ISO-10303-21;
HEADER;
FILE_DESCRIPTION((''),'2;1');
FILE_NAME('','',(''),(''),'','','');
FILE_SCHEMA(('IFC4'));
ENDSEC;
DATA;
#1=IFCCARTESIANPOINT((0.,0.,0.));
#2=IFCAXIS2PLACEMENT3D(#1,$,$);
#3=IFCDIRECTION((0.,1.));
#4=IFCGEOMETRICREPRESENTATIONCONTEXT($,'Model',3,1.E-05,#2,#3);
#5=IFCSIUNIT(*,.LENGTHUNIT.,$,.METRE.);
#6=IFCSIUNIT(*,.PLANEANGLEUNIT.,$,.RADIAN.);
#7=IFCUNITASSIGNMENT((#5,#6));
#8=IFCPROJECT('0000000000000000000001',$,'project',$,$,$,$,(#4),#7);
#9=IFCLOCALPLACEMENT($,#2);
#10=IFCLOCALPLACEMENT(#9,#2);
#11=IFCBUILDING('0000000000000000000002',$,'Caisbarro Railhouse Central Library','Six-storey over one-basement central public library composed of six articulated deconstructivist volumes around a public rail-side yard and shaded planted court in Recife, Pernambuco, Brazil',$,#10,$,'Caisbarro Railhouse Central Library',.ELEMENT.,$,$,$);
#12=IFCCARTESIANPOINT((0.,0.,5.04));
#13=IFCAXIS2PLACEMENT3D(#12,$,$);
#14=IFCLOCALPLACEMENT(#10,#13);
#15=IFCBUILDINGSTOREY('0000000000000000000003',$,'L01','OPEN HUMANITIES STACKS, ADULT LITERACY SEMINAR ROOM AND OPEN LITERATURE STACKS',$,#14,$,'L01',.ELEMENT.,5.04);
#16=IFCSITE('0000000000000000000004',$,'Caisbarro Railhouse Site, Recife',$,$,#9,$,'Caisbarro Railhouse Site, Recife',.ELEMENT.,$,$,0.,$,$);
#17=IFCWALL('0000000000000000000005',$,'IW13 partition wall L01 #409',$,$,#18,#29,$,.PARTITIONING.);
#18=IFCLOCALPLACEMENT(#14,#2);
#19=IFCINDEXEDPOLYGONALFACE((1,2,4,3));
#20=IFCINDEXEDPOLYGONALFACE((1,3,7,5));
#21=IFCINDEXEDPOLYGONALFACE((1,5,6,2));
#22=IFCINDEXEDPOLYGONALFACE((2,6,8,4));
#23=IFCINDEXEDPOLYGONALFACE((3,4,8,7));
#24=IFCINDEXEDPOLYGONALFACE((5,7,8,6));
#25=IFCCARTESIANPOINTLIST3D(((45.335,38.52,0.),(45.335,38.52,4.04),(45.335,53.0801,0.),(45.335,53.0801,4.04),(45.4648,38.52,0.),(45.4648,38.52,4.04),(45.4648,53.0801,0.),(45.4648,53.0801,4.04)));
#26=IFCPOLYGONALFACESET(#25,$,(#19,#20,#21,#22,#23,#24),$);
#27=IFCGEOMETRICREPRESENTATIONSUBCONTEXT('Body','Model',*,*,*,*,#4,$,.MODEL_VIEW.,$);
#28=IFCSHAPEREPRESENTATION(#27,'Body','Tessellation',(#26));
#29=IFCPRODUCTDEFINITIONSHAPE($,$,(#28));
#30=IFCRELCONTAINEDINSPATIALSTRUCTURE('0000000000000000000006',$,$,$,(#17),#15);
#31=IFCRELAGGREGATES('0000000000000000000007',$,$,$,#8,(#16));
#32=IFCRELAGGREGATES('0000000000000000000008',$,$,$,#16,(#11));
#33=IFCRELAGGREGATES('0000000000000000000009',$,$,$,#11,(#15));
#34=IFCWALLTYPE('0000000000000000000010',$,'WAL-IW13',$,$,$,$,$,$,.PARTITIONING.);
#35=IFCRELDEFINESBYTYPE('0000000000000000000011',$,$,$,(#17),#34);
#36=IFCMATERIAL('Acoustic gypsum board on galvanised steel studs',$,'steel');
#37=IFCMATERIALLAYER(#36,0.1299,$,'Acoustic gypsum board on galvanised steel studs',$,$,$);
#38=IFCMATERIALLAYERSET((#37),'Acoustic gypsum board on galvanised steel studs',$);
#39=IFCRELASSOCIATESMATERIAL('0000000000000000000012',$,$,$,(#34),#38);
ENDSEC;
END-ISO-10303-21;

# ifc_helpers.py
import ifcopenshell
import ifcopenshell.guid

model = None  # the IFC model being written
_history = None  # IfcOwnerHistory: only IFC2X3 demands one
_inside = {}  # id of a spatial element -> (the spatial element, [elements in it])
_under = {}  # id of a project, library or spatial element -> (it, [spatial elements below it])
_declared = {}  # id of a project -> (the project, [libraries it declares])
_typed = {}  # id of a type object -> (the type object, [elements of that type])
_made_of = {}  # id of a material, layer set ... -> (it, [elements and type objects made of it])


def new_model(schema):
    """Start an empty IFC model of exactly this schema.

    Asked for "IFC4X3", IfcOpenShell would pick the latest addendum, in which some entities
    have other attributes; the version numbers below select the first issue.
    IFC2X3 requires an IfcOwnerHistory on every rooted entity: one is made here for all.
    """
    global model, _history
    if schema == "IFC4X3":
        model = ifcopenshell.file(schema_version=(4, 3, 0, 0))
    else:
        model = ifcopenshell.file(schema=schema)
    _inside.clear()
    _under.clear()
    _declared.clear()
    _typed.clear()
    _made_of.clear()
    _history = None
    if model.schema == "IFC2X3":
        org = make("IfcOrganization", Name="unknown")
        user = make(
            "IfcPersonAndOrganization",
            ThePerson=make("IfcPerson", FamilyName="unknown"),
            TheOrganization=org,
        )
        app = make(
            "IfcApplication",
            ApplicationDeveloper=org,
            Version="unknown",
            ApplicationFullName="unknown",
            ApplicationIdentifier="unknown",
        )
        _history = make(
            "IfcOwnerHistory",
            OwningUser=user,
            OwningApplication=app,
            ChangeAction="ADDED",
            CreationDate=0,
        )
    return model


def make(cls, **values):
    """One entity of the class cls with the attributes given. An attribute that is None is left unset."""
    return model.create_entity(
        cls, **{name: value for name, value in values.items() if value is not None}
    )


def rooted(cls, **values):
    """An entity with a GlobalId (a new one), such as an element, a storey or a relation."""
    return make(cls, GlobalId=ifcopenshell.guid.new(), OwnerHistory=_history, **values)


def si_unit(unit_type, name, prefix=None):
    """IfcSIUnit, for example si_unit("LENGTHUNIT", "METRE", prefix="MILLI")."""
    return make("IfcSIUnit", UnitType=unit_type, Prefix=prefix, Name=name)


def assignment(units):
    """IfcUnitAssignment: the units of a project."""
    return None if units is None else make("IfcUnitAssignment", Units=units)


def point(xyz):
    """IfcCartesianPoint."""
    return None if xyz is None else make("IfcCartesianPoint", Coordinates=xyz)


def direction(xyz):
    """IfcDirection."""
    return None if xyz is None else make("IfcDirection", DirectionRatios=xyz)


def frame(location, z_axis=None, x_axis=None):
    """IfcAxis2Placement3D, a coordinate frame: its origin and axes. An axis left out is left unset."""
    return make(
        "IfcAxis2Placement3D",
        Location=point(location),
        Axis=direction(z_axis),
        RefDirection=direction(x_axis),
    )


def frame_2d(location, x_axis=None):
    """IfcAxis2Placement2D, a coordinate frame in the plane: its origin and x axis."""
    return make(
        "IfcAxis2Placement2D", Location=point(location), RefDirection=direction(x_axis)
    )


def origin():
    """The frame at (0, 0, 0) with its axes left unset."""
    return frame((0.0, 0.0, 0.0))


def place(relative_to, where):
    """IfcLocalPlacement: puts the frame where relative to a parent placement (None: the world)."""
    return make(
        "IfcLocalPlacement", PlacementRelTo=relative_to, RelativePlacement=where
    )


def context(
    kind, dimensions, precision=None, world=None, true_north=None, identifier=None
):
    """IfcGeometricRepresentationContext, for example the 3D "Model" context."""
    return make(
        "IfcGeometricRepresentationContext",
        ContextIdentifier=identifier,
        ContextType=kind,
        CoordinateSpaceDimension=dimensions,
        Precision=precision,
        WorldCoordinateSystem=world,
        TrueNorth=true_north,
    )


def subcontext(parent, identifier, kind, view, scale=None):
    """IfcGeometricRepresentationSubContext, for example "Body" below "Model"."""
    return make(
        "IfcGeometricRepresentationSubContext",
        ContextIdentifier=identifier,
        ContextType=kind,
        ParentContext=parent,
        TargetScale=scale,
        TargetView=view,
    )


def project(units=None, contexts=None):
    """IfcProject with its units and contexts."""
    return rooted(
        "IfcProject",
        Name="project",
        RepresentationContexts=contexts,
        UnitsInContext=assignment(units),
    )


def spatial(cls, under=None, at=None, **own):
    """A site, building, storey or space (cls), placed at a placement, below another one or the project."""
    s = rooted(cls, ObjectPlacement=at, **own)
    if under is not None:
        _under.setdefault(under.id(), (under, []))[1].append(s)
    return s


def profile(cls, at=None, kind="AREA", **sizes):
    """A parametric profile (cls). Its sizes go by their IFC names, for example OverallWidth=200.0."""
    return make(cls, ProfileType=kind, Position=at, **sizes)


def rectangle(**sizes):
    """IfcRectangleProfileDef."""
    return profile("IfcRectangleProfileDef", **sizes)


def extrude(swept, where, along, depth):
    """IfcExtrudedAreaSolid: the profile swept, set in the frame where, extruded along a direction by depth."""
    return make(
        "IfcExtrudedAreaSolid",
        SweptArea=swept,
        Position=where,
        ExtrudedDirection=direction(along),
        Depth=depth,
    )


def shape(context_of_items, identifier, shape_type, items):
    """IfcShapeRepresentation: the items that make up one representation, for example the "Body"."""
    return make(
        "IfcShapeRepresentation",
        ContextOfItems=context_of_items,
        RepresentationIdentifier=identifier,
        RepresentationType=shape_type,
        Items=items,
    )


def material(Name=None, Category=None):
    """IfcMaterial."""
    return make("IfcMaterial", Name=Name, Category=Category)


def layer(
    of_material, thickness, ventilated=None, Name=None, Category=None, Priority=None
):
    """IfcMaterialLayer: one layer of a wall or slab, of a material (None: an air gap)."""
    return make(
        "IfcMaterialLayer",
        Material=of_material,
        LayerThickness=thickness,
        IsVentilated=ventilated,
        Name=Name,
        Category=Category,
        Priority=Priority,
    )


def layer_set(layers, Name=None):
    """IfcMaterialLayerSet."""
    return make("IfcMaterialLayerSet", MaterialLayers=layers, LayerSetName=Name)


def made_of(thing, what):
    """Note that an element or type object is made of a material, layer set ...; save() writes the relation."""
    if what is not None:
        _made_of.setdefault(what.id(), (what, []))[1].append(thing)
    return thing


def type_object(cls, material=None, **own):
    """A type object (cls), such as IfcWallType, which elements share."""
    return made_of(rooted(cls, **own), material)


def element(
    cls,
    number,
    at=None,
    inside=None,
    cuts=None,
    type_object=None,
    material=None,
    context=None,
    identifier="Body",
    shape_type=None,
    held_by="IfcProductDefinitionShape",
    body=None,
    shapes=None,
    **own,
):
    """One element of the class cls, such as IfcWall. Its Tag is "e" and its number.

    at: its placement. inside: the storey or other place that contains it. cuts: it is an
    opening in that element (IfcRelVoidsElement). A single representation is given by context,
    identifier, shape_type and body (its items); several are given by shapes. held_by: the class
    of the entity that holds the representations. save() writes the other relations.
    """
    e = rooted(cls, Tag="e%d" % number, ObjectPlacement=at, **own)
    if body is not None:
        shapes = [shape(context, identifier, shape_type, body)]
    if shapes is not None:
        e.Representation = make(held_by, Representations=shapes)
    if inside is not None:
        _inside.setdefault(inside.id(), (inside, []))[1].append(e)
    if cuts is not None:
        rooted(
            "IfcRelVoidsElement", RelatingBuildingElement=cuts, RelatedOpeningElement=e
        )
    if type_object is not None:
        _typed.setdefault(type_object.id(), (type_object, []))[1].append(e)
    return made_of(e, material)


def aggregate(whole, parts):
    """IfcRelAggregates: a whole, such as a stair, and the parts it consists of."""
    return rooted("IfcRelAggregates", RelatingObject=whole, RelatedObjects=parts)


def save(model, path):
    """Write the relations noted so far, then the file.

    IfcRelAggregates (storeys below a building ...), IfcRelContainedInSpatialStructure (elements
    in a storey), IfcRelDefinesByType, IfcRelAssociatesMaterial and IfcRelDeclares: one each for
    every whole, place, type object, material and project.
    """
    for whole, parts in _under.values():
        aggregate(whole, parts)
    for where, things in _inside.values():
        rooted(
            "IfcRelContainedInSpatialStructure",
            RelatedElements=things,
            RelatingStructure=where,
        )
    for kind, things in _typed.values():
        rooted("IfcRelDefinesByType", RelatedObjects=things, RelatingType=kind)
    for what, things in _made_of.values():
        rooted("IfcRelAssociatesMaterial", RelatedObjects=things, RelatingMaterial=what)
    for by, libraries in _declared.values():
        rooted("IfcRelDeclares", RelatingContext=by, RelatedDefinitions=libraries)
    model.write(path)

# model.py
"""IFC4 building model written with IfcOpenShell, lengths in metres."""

from ifc_helpers import new_model, si_unit, direction, frame, frame_2d, origin, place, context, subcontext, project, spatial, rectangle, extrude, material, layer, layer_set, type_object, element, save


model = new_model("IFC4")

# Units and contexts
model_context = context("Model", 3, precision=1e-05, world=origin(), true_north=direction((0.0, 1.0)))
body_context = subcontext(model_context, "Body", "Model", "MODEL_VIEW")
ifc_project = project(units=[si_unit("LENGTHUNIT", "METRE"), si_unit("PLANEANGLEUNIT", "RADIAN")], contexts=[model_context])

# Site, building, storey
site_placement = place(None, origin())
site = spatial("IfcSite", under=ifc_project, at=site_placement, Name="Caisbarro Railhouse Site, Recife", LongName="Caisbarro Railhouse Site, Recife", CompositionType="ELEMENT", RefElevation=0.0)
building_placement = place(site_placement, origin())
building = spatial("IfcBuilding", under=site, at=building_placement, Name="Caisbarro Railhouse Central Library", Description="Six-storey over one-basement central public library composed of six articulated deconstructivist volumes around a public rail-side yard and shaded planted court in Recife, Pernambuco, Brazil", LongName="Caisbarro Railhouse Central Library", CompositionType="ELEMENT")
storey_placement = place(building_placement, frame((0.0, 0.0, 5.04)))
storey = spatial("IfcBuildingStorey", under=building, at=storey_placement, Name="L01", Description="OPEN HUMANITIES STACKS, ADULT LITERACY SEMINAR ROOM AND OPEN LITERATURE STACKS", LongName="L01", CompositionType="ELEMENT", Elevation=5.04)

# Shared definitions
ifc_material_1 = material(Name="Acoustic gypsum board on galvanised steel studs", Category="steel")

# Wall
ifc_layer_1 = layer(ifc_material_1, 0.1299, Name="Acoustic gypsum board on galvanised steel studs")
ifc_layer_set_1 = layer_set([ifc_layer_1], Name="Acoustic gypsum board on galvanised steel studs")
wall_type_1 = type_object("IfcWallType", Name="WAL-IW13", PredefinedType="PARTITIONING", material=ifc_layer_set_1)
wall_1_placement = place(storey_placement, frame((45.3999, 38.52, 0.0), z_axis=(0.0, 0.0, 1.0), x_axis=(0.0, 1.0, 0.0)))
element("IfcWall", 1, at=wall_1_placement, inside=storey, type_object=wall_type_1, Name="IW13 partition wall L01 #409", PredefinedType="PARTITIONING", context=body_context, shape_type="SweptSolid", body=[
    extrude(rectangle(XDim=14.5601, YDim=0.1299, at=frame_2d((7.28, 0.0))), origin(), (0.0, 0.0, 1.0), 4.04),
])

save(model, "model.ifc")
